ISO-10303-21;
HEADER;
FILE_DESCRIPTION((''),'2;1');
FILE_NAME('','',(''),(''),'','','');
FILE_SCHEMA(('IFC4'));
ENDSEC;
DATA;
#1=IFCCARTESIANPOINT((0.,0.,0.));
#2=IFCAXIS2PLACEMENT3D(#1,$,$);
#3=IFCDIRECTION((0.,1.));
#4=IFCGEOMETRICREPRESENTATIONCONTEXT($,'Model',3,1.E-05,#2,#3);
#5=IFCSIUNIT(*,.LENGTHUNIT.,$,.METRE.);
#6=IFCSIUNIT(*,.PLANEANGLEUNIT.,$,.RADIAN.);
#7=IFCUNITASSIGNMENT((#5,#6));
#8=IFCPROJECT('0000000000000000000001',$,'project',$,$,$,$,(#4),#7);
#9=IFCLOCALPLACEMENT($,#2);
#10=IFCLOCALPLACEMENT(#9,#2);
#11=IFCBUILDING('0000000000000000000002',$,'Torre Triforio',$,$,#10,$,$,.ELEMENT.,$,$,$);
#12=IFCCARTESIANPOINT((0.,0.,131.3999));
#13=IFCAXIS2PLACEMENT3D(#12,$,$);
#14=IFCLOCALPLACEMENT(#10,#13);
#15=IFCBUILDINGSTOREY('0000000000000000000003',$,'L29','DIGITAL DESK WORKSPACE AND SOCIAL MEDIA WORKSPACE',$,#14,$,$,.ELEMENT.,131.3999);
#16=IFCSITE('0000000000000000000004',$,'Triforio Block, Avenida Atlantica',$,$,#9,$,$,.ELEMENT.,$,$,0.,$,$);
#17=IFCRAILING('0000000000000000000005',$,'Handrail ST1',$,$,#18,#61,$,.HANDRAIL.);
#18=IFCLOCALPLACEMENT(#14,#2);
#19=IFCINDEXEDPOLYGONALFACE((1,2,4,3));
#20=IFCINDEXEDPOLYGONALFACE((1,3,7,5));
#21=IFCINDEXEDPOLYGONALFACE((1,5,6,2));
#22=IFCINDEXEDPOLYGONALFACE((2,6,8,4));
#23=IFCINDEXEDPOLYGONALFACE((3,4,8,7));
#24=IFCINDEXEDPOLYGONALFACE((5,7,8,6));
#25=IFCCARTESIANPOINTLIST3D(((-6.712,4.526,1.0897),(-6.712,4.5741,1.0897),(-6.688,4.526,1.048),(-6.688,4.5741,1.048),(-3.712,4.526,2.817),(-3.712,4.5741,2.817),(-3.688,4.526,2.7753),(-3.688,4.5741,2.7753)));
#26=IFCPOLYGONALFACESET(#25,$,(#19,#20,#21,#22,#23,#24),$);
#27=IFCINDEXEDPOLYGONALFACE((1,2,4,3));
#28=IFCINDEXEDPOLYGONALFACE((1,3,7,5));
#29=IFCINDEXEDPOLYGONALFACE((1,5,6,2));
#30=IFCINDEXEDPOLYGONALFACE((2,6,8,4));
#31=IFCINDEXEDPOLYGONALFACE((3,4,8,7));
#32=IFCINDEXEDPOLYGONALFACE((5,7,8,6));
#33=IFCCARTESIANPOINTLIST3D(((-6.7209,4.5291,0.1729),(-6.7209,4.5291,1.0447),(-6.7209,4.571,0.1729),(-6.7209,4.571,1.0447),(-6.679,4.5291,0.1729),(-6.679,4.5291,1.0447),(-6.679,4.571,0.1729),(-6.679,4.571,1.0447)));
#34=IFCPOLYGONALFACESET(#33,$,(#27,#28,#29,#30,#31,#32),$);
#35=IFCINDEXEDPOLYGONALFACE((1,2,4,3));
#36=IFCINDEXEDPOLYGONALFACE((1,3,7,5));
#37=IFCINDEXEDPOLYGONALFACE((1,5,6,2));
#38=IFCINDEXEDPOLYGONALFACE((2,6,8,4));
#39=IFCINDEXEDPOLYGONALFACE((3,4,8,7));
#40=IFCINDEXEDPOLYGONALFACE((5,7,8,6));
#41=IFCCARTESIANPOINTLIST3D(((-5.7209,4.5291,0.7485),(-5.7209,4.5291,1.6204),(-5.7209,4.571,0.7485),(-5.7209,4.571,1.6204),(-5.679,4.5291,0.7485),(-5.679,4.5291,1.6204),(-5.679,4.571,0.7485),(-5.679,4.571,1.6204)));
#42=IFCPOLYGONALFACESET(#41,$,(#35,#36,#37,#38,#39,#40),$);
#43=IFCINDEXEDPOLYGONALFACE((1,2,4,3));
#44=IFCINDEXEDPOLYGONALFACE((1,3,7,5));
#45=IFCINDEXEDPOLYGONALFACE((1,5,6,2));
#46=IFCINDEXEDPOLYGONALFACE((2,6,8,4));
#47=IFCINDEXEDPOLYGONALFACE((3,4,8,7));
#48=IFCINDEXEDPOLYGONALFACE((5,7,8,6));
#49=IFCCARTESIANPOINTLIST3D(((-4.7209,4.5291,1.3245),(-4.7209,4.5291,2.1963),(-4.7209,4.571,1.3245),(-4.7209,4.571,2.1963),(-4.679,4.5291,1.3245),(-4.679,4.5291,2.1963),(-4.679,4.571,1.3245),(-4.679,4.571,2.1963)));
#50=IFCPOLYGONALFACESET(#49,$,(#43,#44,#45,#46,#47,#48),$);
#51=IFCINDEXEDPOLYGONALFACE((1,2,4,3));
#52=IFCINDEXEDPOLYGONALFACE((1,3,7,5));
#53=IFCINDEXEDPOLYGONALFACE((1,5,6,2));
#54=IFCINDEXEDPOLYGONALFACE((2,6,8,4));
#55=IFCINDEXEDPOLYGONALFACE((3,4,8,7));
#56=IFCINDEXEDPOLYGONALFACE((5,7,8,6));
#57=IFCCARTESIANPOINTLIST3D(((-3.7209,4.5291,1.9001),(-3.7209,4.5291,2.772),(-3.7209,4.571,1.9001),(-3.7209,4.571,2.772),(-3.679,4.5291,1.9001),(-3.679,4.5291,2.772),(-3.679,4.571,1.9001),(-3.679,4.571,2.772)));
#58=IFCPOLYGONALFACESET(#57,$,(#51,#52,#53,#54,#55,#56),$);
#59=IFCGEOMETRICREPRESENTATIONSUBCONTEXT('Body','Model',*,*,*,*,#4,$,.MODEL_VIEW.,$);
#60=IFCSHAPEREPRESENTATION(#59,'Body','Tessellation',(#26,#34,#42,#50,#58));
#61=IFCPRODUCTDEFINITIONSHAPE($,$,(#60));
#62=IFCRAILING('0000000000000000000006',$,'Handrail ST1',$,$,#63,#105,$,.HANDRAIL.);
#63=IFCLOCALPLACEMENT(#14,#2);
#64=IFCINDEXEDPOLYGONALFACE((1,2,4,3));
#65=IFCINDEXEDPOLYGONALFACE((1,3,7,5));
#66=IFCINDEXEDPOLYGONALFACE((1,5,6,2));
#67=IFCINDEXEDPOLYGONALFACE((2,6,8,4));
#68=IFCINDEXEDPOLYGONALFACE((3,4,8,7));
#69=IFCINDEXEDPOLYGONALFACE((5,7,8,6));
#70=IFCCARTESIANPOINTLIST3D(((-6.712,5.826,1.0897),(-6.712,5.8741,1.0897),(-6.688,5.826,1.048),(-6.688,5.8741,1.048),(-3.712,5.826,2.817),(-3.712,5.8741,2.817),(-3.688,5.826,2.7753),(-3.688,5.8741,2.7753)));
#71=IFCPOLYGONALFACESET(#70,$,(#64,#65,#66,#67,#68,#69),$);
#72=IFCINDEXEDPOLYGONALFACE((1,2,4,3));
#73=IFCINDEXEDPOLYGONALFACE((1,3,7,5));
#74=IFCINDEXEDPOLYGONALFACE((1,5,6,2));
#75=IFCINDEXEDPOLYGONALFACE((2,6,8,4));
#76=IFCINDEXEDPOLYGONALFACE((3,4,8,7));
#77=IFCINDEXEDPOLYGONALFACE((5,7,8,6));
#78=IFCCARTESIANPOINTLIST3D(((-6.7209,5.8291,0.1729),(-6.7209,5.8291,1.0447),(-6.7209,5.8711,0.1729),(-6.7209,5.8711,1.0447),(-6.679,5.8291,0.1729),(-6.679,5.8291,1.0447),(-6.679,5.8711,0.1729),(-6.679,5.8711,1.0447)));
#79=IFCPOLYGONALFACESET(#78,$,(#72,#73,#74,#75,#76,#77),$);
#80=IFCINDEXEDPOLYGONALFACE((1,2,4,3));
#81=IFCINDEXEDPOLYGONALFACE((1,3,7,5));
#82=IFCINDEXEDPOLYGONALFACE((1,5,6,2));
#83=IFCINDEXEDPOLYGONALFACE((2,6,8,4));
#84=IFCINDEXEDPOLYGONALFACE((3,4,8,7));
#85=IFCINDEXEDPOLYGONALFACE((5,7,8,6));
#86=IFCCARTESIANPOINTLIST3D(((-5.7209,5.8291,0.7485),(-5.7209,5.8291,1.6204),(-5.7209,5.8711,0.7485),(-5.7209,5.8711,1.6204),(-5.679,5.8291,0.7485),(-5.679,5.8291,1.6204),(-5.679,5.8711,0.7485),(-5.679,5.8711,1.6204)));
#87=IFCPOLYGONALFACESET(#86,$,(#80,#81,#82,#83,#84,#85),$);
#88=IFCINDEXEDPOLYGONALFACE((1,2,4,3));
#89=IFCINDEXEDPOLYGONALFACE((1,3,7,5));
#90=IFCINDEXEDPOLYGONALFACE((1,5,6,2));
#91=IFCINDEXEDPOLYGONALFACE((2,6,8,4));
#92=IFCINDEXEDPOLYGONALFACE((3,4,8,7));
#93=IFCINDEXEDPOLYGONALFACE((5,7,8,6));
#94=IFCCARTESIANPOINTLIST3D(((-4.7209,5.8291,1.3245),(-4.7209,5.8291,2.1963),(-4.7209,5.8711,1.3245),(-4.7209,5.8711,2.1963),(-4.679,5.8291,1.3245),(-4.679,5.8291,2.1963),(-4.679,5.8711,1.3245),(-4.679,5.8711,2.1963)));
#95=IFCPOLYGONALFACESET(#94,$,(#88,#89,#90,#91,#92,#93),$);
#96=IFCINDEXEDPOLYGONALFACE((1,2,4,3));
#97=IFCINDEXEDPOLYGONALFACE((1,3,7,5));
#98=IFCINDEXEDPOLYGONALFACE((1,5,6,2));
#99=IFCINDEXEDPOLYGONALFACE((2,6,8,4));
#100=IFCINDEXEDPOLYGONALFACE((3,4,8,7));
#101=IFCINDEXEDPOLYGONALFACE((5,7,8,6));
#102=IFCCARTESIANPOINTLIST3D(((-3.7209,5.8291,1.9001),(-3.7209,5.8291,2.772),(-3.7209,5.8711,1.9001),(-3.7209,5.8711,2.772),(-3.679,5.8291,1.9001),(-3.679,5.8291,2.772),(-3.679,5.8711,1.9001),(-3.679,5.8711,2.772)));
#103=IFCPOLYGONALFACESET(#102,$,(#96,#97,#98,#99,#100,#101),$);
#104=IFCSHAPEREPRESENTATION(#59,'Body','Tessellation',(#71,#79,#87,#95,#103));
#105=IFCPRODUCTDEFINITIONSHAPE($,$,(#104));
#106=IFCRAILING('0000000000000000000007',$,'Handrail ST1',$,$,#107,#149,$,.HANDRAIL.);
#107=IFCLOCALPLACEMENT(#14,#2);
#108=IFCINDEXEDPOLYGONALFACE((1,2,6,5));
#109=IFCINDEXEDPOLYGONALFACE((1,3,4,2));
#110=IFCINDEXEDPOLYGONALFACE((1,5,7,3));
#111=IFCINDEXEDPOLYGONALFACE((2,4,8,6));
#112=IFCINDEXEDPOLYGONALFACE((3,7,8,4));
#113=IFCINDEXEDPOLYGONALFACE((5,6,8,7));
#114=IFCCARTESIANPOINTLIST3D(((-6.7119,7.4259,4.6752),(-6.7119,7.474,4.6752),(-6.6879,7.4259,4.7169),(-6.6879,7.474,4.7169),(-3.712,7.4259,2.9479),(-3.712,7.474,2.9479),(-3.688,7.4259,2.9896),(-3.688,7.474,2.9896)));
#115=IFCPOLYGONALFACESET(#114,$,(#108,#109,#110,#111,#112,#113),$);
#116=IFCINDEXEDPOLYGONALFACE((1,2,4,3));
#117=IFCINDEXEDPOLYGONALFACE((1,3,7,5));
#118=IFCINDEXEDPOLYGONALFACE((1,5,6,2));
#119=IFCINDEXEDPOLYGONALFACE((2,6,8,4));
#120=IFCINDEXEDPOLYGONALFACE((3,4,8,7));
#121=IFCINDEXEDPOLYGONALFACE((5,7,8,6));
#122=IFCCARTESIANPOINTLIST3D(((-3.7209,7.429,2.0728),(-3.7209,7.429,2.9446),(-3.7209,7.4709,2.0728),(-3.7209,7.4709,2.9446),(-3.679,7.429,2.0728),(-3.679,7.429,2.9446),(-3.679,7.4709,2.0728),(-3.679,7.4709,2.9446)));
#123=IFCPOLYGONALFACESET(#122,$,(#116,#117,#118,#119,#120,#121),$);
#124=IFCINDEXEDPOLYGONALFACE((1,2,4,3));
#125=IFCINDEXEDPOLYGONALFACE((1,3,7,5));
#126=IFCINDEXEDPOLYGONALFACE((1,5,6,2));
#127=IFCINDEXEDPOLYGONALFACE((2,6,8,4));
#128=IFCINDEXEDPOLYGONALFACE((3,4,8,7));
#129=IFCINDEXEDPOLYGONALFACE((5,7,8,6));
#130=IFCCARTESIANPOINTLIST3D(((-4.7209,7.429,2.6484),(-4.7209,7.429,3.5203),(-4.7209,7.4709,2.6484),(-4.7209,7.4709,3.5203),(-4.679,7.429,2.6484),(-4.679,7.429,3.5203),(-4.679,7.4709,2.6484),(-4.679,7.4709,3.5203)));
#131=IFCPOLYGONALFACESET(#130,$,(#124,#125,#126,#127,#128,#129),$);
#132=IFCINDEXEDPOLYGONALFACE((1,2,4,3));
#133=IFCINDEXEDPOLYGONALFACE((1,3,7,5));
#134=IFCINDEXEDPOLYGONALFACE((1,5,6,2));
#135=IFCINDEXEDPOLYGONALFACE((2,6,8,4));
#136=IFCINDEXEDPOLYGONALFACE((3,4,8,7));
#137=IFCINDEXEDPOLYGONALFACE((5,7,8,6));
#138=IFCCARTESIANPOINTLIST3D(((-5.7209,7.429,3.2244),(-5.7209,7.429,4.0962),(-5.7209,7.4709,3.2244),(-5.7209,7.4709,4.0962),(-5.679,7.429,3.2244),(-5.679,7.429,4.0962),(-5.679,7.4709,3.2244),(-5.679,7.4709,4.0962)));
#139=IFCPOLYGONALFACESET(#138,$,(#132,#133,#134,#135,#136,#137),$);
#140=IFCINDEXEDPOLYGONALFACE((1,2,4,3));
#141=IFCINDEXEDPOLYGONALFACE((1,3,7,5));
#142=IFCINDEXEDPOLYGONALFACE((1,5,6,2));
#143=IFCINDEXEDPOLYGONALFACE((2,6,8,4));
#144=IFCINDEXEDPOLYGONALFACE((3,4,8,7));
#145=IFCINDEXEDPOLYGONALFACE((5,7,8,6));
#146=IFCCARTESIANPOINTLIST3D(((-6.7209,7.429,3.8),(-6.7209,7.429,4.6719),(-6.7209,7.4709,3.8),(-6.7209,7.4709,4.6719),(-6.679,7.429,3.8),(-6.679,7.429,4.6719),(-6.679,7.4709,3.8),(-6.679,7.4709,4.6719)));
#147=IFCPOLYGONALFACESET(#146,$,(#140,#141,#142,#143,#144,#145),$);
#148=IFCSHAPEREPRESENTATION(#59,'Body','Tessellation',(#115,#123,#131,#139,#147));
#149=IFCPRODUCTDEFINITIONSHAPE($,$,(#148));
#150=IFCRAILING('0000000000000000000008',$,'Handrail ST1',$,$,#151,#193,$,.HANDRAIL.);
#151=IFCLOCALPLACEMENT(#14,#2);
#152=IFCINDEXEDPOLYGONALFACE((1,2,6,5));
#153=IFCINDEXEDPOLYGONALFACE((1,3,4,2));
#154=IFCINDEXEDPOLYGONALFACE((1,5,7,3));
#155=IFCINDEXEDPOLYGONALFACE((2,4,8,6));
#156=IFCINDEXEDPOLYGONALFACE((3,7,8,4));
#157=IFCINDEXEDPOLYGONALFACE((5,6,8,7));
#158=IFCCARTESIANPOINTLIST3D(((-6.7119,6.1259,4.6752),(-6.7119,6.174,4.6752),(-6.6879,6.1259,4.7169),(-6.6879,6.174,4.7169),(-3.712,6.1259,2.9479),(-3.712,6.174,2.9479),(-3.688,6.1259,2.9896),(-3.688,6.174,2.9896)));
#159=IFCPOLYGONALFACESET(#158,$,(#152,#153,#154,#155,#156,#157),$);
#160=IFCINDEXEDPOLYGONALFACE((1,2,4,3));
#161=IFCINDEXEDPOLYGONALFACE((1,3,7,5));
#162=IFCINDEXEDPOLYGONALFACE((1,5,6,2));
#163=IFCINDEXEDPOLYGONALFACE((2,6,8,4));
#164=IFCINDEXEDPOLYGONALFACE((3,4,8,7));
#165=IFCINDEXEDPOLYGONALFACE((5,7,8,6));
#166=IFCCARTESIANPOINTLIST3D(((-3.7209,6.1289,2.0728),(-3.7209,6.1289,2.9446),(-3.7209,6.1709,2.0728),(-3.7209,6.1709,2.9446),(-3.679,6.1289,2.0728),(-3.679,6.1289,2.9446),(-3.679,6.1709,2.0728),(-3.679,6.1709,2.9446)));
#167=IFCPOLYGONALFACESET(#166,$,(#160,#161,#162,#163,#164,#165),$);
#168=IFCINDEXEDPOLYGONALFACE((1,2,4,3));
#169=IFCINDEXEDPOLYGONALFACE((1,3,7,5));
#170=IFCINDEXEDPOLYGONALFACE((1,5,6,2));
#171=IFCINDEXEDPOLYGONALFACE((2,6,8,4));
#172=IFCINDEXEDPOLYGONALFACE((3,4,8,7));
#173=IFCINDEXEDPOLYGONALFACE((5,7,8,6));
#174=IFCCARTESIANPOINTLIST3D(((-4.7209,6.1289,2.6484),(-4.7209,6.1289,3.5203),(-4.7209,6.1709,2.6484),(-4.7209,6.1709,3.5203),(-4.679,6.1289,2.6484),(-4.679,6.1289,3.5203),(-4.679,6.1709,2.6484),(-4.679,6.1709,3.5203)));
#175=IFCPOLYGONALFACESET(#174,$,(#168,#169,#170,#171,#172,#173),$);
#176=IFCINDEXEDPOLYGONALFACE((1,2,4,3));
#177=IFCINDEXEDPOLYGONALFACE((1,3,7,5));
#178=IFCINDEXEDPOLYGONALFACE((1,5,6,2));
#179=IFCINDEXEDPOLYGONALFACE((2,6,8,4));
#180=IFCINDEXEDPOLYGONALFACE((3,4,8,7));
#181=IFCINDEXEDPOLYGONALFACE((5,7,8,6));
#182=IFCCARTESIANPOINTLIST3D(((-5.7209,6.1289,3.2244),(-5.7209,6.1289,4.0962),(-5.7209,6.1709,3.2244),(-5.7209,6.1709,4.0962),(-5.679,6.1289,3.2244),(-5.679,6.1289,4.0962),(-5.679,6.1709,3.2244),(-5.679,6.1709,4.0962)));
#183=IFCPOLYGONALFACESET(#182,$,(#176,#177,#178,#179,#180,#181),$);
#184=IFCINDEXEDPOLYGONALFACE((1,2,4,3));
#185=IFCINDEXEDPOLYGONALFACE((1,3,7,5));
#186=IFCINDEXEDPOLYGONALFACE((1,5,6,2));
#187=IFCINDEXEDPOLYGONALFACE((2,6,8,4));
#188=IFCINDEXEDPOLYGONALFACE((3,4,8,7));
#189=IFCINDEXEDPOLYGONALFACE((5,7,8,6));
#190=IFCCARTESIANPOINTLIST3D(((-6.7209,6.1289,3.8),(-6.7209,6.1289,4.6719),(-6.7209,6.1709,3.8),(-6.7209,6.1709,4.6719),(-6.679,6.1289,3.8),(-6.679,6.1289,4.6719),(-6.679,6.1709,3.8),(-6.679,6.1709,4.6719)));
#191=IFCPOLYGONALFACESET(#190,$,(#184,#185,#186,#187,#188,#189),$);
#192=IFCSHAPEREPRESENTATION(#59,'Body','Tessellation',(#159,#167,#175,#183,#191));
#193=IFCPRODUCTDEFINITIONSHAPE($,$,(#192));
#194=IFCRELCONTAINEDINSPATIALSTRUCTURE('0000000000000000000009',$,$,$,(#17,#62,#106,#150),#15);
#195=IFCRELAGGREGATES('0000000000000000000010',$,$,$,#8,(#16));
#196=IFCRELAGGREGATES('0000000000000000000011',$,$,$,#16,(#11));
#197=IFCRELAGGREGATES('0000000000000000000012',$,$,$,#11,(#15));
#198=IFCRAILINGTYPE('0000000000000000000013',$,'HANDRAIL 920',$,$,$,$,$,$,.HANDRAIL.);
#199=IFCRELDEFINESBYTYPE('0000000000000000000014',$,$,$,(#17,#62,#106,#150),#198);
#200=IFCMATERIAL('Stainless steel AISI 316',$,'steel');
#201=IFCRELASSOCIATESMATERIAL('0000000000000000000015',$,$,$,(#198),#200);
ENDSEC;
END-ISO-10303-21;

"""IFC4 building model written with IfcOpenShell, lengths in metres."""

from ifc_helpers import new_model, si_unit, direction, frame, origin, origin_2d, place, context, subcontext, project, spatial, rectangle, extrude, material, type_object, element, save


model = new_model("IFC4")

# Units and contexts
model_context = context("Model", 3, precision=1e-05, world=origin(), true_north=direction((0.0, 1.0)))
body_context = subcontext(model_context, "Body", "Model", "MODEL_VIEW")
ifc_project = project(units=[si_unit("LENGTHUNIT", "METRE"), si_unit("PLANEANGLEUNIT", "RADIAN")], contexts=[model_context])

# Site, building, storey
site_placement = place(None, origin())
site = spatial("IfcSite", under=ifc_project, at=site_placement, Name="Triforio Block, Avenida Atlantica", CompositionType="ELEMENT", RefElevation=0.0)
building_placement = place(site_placement, origin())
building = spatial("IfcBuilding", under=site, at=building_placement, Name="Torre Triforio", CompositionType="ELEMENT")
storey_placement = place(building_placement, frame((0.0, 0.0, 131.3999)))
storey = spatial("IfcBuildingStorey", under=building, at=storey_placement, Name="L29", Description="DIGITAL DESK WORKSPACE AND SOCIAL MEDIA WORKSPACE", CompositionType="ELEMENT", Elevation=131.3999)

# Railings
ifc_material_1 = material(Name="Stainless steel AISI 316", Category="steel")
railing_type = type_object("IfcRailingType", Name="HANDRAIL 920", PredefinedType="HANDRAIL", material=ifc_material_1)
for number, where, name in (
    (1, (-6.7, 4.55, 0.1729), "Handrail ST1"),
    (2, (-6.7, 5.8501, 0.1729), "Handrail ST1"),
):
    element("IfcRailing", number, at=place(storey_placement, frame(where)), inside=storey, type_object=railing_type, Name=name, PredefinedType="HANDRAIL", context=body_context, shape_type="SweptSolid", body=[
        extrude(rectangle(XDim=0.0481, YDim=0.0481, at=origin_2d()), frame((0.0, 0.0, 0.896), z_axis=(0.86662, 0.0, 0.498969), x_axis=(0.0, 1.0, 0.0)), (0.0, 0.0, 1.0), 3.4617),
        extrude(rectangle(XDim=0.042, YDim=0.042, at=origin_2d()), origin(), (0.0, 0.0, 1.0), 0.8718),
        extrude(rectangle(XDim=0.042, YDim=0.042, at=origin_2d()), frame((1.0, 0.0, 0.5757)), (0.0, 0.0, 1.0), 0.8718),
        extrude(rectangle(XDim=0.042, YDim=0.042, at=origin_2d()), frame((2.0, 0.0, 1.1516)), (0.0, 0.0, 1.0), 0.8718),
        extrude(rectangle(XDim=0.042, YDim=0.042, at=origin_2d()), frame((3.0, 0.0, 1.7273)), (0.0, 0.0, 1.0), 0.8718),
    ])
for number, where, name in (
    (3, (-3.7, 7.45, 2.0728), "Handrail ST1"),
    (4, (-3.7, 6.1499, 2.0728), "Handrail ST1"),
):
    element("IfcRailing", number, at=place(storey_placement, frame(where)), inside=storey, type_object=railing_type, Name=name, PredefinedType="HANDRAIL", context=body_context, shape_type="SweptSolid", body=[
        extrude(rectangle(XDim=0.0481, YDim=0.0481, at=origin_2d()), frame((0.0, 0.0, 0.896), z_axis=(-0.86662, 0.0, 0.498969), x_axis=(0.0, -1.0, 0.0)), (0.0, 0.0, 1.0), 3.4617),
        extrude(rectangle(XDim=0.042, YDim=0.042, at=origin_2d()), origin(), (0.0, 0.0, 1.0), 0.8718),
        extrude(rectangle(XDim=0.042, YDim=0.042, at=origin_2d()), frame((-1.0, 0.0, 0.5757)), (0.0, 0.0, 1.0), 0.8718),
        extrude(rectangle(XDim=0.042, YDim=0.042, at=origin_2d()), frame((-2.0, 0.0, 1.1516)), (0.0, 0.0, 1.0), 0.8718),
        extrude(rectangle(XDim=0.042, YDim=0.042, at=origin_2d()), frame((-3.0, 0.0, 1.7273)), (0.0, 0.0, 1.0), 0.8718),
    ])

save(model, "model.ifc")
